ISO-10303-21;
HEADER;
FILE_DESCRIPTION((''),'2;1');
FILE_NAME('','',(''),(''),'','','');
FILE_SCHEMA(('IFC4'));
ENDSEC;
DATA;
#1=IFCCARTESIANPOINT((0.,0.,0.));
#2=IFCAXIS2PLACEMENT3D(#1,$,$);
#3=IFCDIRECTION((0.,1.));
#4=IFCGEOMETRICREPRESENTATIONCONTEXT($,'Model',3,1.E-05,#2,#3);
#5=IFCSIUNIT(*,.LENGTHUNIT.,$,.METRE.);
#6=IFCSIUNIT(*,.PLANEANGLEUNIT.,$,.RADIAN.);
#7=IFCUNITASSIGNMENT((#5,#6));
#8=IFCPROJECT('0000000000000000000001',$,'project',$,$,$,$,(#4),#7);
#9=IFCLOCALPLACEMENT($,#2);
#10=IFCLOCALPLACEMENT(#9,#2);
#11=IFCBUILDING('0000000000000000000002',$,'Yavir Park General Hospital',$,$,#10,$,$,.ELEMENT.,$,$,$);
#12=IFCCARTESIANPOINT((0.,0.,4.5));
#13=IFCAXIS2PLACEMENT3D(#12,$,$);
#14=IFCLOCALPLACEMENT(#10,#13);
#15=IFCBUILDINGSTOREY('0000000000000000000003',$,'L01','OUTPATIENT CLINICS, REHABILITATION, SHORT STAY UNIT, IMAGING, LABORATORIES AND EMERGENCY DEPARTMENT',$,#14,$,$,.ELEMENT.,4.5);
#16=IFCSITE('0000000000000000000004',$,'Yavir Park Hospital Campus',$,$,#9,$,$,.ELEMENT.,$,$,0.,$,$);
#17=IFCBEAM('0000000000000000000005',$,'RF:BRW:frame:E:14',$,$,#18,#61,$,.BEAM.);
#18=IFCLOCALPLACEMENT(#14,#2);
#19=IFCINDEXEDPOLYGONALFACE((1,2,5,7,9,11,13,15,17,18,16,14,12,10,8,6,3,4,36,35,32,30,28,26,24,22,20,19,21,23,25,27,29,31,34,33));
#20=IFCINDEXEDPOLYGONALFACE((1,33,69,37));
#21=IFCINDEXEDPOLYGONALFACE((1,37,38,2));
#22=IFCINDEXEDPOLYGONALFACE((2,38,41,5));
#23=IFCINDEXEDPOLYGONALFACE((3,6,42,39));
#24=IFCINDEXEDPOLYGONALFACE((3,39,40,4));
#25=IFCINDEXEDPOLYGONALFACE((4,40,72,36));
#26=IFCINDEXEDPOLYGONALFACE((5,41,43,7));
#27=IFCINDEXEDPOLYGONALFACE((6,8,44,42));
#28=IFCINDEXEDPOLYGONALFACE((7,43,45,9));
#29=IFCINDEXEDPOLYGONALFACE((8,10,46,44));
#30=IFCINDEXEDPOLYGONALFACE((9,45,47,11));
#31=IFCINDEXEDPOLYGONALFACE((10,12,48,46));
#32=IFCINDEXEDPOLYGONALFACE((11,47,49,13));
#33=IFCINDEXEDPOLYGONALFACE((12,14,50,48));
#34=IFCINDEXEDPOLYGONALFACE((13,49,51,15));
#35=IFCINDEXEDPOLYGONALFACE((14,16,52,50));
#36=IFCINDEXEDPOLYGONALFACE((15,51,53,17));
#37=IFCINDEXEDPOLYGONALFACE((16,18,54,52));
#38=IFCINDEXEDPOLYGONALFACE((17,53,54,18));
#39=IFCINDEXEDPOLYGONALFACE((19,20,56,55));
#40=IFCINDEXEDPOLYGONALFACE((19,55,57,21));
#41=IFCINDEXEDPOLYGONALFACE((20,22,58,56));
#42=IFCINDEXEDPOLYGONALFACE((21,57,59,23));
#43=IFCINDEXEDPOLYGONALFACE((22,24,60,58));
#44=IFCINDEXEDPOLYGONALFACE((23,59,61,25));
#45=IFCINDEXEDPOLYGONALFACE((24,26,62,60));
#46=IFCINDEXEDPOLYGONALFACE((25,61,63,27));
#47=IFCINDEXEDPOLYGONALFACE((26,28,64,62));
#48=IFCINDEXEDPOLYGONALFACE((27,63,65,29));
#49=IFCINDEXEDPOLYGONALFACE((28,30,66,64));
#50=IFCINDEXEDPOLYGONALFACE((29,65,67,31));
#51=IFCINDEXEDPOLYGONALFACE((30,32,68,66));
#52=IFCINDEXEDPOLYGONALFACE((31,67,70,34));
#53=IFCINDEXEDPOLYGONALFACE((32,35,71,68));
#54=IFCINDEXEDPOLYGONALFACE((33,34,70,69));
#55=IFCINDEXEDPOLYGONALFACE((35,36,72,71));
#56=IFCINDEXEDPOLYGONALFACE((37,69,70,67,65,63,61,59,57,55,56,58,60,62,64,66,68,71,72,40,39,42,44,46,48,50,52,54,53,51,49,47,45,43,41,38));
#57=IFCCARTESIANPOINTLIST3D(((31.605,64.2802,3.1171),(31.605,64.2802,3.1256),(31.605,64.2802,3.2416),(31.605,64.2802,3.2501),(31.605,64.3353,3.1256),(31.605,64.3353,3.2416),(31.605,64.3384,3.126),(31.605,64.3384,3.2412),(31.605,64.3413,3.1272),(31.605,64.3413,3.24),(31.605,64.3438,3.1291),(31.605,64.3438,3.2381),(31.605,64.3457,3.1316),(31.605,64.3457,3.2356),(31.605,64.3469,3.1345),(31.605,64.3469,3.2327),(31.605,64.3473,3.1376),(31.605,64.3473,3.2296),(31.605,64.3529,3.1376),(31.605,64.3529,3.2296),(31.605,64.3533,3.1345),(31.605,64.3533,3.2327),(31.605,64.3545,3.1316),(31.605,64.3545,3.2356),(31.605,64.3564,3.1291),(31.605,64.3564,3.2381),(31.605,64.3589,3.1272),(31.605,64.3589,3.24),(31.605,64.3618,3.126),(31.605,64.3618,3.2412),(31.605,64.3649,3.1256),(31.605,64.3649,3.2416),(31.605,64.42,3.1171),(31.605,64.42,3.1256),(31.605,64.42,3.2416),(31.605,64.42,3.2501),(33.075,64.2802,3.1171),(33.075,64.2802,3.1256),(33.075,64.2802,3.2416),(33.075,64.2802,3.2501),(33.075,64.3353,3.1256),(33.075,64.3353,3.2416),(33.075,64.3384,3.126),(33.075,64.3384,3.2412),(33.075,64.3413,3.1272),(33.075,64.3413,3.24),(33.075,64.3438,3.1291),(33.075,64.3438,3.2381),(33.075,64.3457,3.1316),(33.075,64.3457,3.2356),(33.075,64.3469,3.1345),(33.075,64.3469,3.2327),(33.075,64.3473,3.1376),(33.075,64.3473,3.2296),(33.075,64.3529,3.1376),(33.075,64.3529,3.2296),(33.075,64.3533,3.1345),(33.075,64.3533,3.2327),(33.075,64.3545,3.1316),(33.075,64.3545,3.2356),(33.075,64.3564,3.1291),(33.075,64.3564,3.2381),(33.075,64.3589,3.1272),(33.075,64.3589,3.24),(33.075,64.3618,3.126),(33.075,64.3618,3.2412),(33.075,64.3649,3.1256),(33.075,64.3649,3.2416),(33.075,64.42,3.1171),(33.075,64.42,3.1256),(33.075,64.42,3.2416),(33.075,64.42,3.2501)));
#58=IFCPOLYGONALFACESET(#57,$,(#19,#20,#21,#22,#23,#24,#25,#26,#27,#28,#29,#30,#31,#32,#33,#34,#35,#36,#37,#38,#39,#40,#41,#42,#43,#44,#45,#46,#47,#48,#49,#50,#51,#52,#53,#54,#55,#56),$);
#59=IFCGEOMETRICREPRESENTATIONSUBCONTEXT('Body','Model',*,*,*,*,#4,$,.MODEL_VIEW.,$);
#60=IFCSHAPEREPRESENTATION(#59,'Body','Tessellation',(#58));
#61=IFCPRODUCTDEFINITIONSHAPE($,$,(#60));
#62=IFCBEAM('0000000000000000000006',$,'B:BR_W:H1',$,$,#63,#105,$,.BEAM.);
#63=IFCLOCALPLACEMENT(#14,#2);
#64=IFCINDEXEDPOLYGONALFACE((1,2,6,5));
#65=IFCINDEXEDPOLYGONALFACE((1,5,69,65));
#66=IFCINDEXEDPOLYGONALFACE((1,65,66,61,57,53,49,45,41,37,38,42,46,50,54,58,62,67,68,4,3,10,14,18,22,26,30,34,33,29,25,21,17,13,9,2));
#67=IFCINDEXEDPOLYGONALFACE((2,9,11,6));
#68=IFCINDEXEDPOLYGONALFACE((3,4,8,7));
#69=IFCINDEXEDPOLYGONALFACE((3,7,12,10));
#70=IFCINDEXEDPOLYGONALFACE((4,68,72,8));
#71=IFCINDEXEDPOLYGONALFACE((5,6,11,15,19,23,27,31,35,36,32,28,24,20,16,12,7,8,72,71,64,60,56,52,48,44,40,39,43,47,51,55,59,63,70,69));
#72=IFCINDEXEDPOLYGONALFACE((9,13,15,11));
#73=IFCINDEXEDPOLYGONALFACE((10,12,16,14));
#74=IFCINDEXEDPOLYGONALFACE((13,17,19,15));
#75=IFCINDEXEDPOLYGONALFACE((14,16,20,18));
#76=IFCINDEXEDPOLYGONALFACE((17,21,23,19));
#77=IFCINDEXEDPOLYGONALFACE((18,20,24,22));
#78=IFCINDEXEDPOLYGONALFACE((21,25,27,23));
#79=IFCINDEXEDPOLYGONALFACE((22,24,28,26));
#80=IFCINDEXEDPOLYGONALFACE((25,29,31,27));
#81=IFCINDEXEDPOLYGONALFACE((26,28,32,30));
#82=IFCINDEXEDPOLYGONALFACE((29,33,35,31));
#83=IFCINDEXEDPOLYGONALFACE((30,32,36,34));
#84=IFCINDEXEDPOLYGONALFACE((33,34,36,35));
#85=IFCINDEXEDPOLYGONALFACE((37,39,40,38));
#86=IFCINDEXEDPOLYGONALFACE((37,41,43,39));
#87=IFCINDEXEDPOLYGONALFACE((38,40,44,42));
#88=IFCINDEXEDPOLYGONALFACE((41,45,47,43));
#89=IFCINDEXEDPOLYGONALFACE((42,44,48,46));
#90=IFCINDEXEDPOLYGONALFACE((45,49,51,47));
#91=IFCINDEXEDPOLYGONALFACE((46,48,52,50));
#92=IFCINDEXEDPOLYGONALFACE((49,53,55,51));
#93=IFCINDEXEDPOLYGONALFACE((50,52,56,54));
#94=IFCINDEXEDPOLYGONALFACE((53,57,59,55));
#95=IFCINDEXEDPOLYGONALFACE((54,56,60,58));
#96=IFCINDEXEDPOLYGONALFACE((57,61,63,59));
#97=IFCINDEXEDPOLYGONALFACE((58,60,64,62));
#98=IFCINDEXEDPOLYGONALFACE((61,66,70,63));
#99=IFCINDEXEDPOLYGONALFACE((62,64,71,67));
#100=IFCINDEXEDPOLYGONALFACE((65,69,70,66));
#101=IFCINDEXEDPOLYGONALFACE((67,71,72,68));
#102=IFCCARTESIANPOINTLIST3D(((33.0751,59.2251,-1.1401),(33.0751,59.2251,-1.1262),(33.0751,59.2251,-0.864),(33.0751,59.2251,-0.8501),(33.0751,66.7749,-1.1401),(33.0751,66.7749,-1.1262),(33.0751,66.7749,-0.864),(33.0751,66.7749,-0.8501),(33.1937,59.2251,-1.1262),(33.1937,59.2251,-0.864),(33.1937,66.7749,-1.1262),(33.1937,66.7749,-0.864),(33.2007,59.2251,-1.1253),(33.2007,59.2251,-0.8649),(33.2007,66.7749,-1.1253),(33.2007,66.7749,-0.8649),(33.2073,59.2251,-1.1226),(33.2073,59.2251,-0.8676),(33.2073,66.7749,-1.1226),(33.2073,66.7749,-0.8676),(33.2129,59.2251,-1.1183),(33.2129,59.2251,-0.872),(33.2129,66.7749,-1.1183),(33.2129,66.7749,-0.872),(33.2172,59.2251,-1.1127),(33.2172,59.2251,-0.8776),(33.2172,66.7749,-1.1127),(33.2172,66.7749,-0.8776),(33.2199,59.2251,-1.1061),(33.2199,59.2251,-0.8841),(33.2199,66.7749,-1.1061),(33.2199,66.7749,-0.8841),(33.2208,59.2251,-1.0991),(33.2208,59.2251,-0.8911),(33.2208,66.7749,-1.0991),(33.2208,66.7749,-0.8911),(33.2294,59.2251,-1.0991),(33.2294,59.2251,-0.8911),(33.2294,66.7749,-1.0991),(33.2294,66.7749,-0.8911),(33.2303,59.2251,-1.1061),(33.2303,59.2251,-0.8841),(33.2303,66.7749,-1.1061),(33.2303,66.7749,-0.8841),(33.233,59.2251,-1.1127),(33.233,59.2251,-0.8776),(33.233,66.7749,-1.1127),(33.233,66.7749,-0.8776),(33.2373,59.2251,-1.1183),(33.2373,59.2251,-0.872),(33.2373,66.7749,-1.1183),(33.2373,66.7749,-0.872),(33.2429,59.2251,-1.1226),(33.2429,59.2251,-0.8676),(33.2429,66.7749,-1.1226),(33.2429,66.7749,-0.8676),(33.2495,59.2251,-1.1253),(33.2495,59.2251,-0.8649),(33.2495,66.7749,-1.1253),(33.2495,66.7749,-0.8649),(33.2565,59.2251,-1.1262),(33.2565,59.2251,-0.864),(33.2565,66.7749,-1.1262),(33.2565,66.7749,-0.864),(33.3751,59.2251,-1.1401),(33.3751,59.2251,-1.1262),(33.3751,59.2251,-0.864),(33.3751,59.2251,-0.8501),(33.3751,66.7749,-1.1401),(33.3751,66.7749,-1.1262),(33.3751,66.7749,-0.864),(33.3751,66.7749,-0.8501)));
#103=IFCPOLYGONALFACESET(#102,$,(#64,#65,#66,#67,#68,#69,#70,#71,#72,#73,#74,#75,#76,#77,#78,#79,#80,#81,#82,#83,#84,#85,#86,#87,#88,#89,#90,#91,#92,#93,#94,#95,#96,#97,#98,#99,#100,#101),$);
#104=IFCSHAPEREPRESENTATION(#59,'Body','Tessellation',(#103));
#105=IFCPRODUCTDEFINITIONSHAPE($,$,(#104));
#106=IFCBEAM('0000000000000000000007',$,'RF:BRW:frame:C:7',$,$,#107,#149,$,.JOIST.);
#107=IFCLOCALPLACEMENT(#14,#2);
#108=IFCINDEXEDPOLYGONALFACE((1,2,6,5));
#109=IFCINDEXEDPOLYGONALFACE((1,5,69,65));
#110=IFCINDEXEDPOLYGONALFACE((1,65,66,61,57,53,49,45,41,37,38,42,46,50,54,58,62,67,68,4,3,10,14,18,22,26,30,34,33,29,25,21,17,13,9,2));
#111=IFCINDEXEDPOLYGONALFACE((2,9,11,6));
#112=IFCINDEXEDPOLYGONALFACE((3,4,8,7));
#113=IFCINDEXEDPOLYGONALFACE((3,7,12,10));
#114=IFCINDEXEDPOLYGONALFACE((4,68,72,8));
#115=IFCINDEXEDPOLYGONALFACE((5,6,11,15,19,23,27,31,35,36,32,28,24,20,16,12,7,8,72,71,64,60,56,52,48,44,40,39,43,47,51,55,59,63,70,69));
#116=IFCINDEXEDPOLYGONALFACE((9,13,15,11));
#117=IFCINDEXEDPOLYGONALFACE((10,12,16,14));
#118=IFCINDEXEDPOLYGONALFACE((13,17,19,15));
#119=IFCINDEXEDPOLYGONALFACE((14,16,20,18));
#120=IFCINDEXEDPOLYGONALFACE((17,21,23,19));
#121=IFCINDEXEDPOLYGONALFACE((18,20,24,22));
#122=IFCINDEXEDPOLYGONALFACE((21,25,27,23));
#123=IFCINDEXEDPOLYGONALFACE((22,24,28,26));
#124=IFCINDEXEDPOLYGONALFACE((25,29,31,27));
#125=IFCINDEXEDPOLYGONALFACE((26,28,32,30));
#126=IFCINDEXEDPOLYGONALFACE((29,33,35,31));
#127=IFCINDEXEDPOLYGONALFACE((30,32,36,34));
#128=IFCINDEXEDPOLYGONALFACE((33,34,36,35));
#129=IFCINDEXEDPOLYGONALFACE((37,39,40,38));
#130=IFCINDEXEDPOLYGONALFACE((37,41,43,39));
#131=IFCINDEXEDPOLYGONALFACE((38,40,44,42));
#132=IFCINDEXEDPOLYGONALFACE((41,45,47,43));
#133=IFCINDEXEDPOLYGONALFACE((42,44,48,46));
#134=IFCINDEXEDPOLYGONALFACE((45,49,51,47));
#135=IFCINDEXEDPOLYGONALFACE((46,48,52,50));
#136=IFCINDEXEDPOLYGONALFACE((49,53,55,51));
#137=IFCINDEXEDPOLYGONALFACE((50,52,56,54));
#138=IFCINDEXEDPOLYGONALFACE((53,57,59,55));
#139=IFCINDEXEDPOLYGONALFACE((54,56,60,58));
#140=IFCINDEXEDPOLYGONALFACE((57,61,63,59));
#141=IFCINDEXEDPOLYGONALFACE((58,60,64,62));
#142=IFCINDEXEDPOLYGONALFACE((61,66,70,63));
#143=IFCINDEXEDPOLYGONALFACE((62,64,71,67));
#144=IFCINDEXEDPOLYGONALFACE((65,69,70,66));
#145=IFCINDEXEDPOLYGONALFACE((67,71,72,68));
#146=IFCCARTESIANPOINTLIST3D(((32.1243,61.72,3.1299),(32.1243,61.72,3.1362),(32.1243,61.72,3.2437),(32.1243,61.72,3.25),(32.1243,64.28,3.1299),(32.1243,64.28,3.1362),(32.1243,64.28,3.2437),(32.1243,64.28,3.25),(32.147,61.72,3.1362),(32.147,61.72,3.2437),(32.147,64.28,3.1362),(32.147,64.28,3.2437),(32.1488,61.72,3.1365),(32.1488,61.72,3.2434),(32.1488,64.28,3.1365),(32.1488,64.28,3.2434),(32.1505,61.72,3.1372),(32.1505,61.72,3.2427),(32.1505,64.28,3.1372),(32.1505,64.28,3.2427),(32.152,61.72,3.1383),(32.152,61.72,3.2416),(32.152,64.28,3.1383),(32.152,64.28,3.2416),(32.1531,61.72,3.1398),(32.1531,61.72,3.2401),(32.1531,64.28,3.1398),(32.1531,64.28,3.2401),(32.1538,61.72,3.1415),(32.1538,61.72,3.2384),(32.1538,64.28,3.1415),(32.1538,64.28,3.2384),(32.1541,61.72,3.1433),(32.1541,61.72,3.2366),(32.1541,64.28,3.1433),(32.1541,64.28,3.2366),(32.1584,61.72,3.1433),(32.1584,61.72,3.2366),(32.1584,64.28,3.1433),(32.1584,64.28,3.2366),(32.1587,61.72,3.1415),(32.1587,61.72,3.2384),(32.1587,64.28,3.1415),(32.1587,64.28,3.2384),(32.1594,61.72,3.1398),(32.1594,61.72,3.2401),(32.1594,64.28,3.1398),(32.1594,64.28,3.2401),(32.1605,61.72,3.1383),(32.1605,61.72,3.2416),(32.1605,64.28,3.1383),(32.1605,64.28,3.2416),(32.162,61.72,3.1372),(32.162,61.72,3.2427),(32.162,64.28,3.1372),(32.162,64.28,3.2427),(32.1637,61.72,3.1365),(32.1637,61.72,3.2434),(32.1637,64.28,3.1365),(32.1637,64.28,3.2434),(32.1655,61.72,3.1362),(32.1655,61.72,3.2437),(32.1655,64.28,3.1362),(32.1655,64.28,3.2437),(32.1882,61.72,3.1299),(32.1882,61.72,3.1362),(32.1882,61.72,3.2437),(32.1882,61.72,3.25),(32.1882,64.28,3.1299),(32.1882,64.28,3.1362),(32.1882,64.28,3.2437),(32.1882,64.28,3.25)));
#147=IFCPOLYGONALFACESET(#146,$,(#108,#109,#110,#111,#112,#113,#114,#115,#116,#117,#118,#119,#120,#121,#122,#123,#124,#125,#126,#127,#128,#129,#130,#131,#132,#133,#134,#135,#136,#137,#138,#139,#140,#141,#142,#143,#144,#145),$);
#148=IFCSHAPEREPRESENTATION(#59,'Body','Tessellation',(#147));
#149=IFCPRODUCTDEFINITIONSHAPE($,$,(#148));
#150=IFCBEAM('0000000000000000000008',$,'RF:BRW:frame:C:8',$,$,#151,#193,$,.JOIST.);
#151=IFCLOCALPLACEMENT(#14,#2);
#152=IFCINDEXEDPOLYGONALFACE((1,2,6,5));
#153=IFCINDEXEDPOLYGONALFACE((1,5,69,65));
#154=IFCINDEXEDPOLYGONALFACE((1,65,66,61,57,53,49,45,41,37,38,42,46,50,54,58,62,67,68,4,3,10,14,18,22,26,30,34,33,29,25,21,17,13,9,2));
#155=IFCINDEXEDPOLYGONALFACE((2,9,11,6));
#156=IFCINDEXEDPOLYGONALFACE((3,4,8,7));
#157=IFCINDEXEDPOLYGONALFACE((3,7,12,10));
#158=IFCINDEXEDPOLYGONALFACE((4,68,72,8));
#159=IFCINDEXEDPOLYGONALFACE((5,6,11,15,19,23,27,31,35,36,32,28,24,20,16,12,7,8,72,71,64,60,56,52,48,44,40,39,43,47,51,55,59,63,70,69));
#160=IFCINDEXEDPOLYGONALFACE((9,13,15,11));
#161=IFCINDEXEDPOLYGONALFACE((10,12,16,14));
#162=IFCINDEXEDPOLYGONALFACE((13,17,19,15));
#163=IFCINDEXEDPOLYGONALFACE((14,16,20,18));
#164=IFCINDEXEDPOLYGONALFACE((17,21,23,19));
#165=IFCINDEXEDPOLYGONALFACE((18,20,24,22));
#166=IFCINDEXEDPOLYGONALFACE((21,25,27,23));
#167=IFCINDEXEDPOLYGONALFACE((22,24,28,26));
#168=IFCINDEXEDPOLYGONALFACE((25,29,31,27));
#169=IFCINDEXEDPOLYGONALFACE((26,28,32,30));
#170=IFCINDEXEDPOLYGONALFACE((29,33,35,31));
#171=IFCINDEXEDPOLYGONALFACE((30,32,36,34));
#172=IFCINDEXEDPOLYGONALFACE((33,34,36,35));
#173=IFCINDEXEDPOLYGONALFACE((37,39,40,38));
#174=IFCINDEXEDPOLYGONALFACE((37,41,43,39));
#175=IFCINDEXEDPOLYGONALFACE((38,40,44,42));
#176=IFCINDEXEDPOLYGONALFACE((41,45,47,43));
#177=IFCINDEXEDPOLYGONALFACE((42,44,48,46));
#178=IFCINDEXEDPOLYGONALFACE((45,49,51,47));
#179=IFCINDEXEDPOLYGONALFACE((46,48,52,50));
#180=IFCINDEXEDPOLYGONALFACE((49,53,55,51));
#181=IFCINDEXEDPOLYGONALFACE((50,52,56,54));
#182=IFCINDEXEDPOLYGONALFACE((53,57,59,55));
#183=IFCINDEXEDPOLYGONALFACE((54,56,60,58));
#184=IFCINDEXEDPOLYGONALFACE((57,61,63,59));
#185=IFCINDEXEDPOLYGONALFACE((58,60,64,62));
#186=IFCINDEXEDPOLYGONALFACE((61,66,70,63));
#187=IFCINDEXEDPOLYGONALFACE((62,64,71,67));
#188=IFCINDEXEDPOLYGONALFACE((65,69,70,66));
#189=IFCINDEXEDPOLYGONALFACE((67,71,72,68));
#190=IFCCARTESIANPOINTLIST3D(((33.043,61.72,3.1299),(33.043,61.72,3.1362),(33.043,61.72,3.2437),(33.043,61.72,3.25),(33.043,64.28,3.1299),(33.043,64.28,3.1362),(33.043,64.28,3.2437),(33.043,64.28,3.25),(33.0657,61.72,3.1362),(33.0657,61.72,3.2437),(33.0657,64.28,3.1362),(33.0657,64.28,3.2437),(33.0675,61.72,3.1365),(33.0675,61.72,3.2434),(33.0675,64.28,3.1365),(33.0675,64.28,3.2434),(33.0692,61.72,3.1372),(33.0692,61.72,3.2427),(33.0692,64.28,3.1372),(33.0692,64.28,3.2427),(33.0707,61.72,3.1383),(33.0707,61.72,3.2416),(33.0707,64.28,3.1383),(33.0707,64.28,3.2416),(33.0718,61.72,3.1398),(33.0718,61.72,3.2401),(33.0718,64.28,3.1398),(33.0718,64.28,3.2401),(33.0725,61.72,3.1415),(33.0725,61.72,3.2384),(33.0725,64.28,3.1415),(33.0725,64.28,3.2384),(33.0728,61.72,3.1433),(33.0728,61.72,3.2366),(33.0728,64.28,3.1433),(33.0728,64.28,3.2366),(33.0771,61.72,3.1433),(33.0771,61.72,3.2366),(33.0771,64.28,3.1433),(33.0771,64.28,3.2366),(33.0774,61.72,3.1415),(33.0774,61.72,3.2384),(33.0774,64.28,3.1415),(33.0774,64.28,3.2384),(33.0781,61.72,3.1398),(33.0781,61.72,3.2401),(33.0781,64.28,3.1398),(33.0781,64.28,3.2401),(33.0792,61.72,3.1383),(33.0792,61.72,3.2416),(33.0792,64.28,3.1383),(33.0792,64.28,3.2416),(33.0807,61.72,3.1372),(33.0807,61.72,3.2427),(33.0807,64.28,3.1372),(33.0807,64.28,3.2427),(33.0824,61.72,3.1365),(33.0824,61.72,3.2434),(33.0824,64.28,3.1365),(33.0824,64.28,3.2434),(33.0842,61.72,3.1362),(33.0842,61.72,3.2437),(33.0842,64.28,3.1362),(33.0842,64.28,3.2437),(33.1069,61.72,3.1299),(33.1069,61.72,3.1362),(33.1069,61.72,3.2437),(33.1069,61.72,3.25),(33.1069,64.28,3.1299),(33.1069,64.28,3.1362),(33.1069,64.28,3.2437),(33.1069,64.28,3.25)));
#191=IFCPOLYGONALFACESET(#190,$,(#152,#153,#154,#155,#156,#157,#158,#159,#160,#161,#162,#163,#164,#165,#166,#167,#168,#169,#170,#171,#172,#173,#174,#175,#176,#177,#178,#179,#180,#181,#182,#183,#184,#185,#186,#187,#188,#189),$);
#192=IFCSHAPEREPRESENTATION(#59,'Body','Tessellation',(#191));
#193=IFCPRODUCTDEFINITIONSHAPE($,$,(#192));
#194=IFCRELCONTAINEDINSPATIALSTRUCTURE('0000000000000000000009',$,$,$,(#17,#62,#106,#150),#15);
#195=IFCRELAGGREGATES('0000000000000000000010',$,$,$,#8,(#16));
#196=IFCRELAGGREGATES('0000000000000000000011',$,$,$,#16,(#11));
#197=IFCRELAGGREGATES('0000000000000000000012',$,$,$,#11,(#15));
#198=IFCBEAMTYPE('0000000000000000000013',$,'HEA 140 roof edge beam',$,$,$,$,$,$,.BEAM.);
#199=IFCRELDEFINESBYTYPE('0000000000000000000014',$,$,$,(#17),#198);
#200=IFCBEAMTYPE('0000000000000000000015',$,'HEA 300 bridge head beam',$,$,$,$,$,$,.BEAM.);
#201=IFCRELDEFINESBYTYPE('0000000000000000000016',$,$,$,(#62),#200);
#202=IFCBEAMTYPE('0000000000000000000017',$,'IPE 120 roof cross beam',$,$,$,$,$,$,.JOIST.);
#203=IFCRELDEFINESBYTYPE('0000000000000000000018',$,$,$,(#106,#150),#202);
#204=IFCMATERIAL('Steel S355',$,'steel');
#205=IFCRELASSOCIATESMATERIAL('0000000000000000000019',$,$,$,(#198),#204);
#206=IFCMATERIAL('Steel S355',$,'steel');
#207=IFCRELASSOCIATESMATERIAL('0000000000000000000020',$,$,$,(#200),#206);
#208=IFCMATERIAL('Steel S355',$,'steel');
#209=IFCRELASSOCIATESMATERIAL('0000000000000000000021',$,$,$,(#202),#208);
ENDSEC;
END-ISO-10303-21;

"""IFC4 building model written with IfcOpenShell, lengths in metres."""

from ifc_helpers import new_model, si_unit, direction, frame, origin, origin_2d, place, context, subcontext, project, spatial, i_section, extrude, material, material_profile, profile_set, type_object, element, save


model = new_model("IFC4")

# Units and contexts
model_context = context("Model", 3, precision=1e-05, world=origin(), true_north=direction((0.0, 1.0)))
body_context = subcontext(model_context, "Body", "Model", "MODEL_VIEW")
ifc_project = project(units=[si_unit("LENGTHUNIT", "METRE"), si_unit("PLANEANGLEUNIT", "RADIAN")], contexts=[model_context])

# Site, building, storey
site_placement = place(None, origin())
site = spatial("IfcSite", under=ifc_project, at=site_placement, Name="Yavir Park Hospital Campus", CompositionType="ELEMENT", RefElevation=0.0)
building_placement = place(site_placement, origin())
building = spatial("IfcBuilding", under=site, at=building_placement, Name="Yavir Park General Hospital", CompositionType="ELEMENT")
storey_placement = place(building_placement, frame((0.0, 0.0, 4.5)))
storey = spatial("IfcBuildingStorey", under=building, at=storey_placement, Name="L01", Description="OUTPATIENT CLINICS, REHABILITATION, SHORT STAY UNIT, IMAGING, LABORATORIES AND EMERGENCY DEPARTMENT", CompositionType="ELEMENT", Elevation=4.5)

# Beams
ifc_material_1 = material(Name="Steel S355", Category="steel")
ifc_material_profile_1 = material_profile(ifc_material_1, i_section(OverallWidth=0.1399, OverallDepth=0.1331, WebThickness=0.0056, FlangeThickness=0.0085, FilletRadius=0.012, at=origin_2d()), Name="HEA140")
ifc_profile_set_1 = profile_set([ifc_material_profile_1], Name="Steel S355")
beam_type_1 = type_object("IfcBeamType", Name="HEA 140 roof edge beam", PredefinedType="BEAM", material=ifc_profile_set_1)
for number, where, z_axis, x_axis, name in (
    (1, (31.605, 64.3501, 3.1836), (1.0, 0.0, 0.0), (0.0, 1.0, 0.0), "RF:BRW:frame:E:14"),
):
    element("IfcBeam", number, at=place(storey_placement, frame(where, z_axis=z_axis, x_axis=x_axis)), inside=storey, type_object=beam_type_1, Name=name, PredefinedType="BEAM", context=body_context, shape_type="SweptSolid", body=[
        extrude(i_section(OverallWidth=0.1399, OverallDepth=0.1331, WebThickness=0.0056, FlangeThickness=0.0085, FilletRadius=0.012, at=origin_2d()), origin(), (0.0, 0.0, 1.0), 1.47),
    ])
ifc_material_2 = material(Name="Steel S355", Category="steel")
ifc_material_profile_2 = material_profile(ifc_material_2, i_section(OverallWidth=0.3, OverallDepth=0.29, WebThickness=0.0085, FlangeThickness=0.0139, FilletRadius=0.0271, at=origin_2d()), Name="HEA300")
ifc_profile_set_2 = profile_set([ifc_material_profile_2], Name="Steel S355")
beam_type_2 = type_object("IfcBeamType", Name="HEA 300 bridge head beam", PredefinedType="BEAM", material=ifc_profile_set_2)
beam_placement = place(storey_placement, frame((33.2251, 59.2251, -0.9951), z_axis=(0.0, 1.0, 0.0), x_axis=(-1.0, 0.0, 0.0)))
element("IfcBeam", 2, at=beam_placement, inside=storey, type_object=beam_type_2, Name="B:BR_W:H1", PredefinedType="BEAM", context=body_context, shape_type="SweptSolid", body=[
    extrude(i_section(OverallWidth=0.3, OverallDepth=0.29, WebThickness=0.0085, FlangeThickness=0.0139, FilletRadius=0.0271, at=origin_2d()), origin(), (0.0, 0.0, 1.0), 7.5498),
])
ifc_material_3 = material(Name="Steel S355", Category="steel")
ifc_material_profile_3 = material_profile(ifc_material_3, i_section(OverallWidth=0.064, OverallDepth=0.1201, WebThickness=0.0044, FlangeThickness=0.0063, FilletRadius=0.0071, at=origin_2d()), Name="IPE120")
ifc_profile_set_3 = profile_set([ifc_material_profile_3], Name="Steel S355")
beam_type_3 = type_object("IfcBeamType", Name="IPE 120 roof cross beam", PredefinedType="JOIST", material=ifc_profile_set_3)
for number, where, z_axis, x_axis, name in (
    (3, (32.1562, 61.72, 3.1899), (0.0, 1.0, 0.0), (-1.0, 0.0, 0.0), "RF:BRW:frame:C:7"),
    (4, (33.075, 61.72, 3.1899), (0.0, 1.0, 0.0), (-1.0, 0.0, 0.0), "RF:BRW:frame:C:8"),
):
    element("IfcBeam", number, at=place(storey_placement, frame(where, z_axis=z_axis, x_axis=x_axis)), inside=storey, type_object=beam_type_3, Name=name, PredefinedType="JOIST", context=body_context, shape_type="SweptSolid", body=[
        extrude(i_section(OverallWidth=0.064, OverallDepth=0.1201, WebThickness=0.0044, FlangeThickness=0.0063, FilletRadius=0.0071, at=origin_2d()), origin(), (0.0, 0.0, 1.0), 2.5601),
    ])

save(model, "model.ifc")
